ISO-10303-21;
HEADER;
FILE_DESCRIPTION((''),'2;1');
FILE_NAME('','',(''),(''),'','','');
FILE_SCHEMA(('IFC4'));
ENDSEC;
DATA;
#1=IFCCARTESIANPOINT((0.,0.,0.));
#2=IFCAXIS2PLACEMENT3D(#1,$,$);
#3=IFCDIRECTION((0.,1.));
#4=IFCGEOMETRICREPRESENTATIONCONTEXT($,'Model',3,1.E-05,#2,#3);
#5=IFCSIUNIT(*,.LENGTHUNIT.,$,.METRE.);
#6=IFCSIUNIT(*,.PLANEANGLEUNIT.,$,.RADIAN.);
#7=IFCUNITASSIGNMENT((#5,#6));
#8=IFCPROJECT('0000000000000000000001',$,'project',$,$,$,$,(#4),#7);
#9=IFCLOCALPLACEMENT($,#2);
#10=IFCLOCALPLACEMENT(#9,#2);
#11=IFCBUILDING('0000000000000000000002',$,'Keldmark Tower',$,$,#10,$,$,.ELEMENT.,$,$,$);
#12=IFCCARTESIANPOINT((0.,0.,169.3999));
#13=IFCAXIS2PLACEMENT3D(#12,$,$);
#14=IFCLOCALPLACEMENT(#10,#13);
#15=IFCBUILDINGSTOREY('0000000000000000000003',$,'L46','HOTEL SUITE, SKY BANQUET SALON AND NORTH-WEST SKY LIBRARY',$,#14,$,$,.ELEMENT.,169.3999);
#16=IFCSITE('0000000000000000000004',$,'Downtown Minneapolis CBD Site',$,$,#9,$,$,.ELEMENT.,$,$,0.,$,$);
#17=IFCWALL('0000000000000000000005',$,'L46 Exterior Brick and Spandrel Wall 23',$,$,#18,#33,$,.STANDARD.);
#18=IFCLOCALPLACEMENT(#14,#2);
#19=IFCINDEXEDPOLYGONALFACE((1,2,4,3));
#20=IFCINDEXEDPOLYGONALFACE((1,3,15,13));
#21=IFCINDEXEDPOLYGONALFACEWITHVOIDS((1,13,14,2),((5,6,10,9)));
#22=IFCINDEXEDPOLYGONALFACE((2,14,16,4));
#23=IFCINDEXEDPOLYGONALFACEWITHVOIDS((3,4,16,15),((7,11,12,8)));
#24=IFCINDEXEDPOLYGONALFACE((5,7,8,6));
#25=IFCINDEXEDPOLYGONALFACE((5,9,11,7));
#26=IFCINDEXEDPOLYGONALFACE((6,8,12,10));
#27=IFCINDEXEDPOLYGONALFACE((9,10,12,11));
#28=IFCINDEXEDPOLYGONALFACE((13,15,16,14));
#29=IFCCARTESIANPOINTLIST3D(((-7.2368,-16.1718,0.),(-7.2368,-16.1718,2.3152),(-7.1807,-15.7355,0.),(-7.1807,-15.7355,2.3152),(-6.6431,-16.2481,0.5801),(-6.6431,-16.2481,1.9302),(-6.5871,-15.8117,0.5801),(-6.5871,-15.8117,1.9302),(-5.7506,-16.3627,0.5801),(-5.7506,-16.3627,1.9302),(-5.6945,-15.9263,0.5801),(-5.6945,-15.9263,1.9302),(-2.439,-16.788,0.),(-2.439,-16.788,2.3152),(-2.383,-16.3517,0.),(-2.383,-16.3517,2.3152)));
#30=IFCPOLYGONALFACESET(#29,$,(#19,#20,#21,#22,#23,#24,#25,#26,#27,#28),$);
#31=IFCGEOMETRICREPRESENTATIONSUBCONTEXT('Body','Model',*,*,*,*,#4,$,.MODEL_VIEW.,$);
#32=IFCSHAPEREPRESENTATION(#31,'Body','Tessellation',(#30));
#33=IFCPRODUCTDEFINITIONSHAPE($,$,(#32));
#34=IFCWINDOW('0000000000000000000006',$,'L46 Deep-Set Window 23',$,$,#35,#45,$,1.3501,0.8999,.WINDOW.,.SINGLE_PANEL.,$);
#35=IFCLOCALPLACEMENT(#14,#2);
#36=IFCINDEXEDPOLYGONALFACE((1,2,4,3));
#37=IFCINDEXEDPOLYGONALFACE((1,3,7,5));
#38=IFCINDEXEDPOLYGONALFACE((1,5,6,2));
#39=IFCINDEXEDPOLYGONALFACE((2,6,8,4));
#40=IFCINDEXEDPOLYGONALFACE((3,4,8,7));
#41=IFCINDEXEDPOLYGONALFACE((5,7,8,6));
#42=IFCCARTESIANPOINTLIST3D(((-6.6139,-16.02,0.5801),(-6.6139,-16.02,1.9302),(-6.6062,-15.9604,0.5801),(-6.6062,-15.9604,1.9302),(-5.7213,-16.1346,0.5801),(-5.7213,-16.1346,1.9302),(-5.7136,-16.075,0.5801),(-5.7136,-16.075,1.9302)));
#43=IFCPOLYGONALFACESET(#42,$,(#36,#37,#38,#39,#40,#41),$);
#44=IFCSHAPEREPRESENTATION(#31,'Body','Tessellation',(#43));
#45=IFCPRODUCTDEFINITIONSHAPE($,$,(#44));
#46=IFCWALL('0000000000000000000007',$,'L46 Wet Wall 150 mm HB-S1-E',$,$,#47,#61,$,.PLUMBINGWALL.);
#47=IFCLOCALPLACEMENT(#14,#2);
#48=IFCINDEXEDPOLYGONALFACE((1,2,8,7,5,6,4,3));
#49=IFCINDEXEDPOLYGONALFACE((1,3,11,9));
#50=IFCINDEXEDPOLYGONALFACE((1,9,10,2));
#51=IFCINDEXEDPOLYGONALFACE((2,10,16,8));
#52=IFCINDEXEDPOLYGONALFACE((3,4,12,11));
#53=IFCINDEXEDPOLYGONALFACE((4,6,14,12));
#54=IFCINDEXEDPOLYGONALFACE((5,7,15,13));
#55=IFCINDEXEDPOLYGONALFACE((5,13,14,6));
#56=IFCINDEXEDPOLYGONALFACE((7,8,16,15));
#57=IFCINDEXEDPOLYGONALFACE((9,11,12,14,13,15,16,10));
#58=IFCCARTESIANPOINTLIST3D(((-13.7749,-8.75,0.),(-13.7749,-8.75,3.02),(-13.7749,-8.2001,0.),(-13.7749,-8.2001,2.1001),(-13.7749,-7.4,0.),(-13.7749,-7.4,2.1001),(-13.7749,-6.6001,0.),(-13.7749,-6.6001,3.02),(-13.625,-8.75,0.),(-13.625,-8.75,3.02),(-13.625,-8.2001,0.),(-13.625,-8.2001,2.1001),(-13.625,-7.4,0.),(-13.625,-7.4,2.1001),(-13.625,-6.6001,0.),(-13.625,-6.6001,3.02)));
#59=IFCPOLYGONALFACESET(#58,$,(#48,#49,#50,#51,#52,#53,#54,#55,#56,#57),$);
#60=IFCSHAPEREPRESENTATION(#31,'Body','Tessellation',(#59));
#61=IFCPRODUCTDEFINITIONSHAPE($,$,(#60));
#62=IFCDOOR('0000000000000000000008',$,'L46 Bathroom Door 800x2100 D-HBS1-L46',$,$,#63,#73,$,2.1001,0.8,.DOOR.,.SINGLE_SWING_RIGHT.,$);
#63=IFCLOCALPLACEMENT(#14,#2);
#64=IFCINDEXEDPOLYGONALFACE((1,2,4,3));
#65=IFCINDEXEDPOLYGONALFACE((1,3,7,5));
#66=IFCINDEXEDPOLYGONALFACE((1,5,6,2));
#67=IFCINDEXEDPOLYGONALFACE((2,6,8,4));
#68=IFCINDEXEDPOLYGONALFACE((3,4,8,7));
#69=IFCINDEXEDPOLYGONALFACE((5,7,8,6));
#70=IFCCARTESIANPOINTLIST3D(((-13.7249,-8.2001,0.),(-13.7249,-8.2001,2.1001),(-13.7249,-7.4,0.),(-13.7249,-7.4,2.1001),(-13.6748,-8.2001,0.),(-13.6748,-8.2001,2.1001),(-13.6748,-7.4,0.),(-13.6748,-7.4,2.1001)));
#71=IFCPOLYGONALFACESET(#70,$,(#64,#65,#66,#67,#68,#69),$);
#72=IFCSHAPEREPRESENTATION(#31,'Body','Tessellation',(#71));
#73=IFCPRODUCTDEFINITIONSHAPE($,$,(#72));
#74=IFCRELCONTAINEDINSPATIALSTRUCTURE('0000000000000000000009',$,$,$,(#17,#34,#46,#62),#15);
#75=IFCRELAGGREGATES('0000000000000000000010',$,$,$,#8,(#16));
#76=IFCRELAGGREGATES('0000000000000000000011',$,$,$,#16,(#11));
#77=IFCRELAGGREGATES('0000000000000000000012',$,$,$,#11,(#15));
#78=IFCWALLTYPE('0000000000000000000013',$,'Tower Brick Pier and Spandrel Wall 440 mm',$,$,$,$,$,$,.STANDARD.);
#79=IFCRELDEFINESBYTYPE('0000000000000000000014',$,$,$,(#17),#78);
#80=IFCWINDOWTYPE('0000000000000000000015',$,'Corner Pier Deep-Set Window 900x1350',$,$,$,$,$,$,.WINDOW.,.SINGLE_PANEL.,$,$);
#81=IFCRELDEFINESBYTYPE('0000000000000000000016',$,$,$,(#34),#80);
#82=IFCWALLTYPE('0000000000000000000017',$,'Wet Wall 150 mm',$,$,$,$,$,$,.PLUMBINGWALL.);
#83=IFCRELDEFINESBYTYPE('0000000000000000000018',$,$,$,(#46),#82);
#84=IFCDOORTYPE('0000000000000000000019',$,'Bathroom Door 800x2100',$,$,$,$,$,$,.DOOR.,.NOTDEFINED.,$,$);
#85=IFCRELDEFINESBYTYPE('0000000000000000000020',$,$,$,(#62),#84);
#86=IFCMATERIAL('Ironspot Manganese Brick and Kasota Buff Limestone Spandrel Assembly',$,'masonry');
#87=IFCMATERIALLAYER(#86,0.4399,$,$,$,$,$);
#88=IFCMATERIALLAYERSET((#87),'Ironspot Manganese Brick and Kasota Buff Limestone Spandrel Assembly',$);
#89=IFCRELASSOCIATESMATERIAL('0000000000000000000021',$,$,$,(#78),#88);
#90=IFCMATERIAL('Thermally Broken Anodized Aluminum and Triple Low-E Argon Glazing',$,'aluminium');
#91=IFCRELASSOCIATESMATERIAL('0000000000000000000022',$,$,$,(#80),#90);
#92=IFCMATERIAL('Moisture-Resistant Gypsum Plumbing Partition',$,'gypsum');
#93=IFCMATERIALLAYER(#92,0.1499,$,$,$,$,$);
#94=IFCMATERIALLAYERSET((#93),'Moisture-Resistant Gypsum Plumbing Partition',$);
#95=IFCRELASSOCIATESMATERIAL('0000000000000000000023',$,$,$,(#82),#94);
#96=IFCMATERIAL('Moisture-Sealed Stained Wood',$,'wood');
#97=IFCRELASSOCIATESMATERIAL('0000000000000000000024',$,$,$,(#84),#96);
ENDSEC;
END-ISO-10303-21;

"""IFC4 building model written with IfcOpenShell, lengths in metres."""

from ifc_helpers import new_model, si_unit, direction, frame, frame_2d, origin, place, context, subcontext, project, spatial, rectangle, extrude, material, layer, layer_set, type_object, element, fill, save


model = new_model("IFC4")

# Units and contexts
model_context = context("Model", 3, precision=1e-05, world=origin(), true_north=direction((0.0, 1.0)))
body_context = subcontext(model_context, "Body", "Model", "MODEL_VIEW")
ifc_project = project(units=[si_unit("LENGTHUNIT", "METRE"), si_unit("PLANEANGLEUNIT", "RADIAN")], contexts=[model_context])

# Site, building, storey
site_placement = place(None, origin())
site = spatial("IfcSite", under=ifc_project, at=site_placement, Name="Downtown Minneapolis CBD Site", CompositionType="ELEMENT", RefElevation=0.0)
building_placement = place(site_placement, origin())
building = spatial("IfcBuilding", under=site, at=building_placement, Name="Keldmark Tower", CompositionType="ELEMENT")
storey_placement = place(building_placement, frame((0.0, 0.0, 169.3999)))
storey = spatial("IfcBuildingStorey", under=building, at=storey_placement, Name="L46", Description="HOTEL SUITE, SKY BANQUET SALON AND NORTH-WEST SKY LIBRARY", CompositionType="ELEMENT", Elevation=169.3999)

# Wall, opening, window
ifc_material_1 = material(Name="Ironspot Manganese Brick and Kasota Buff Limestone Spandrel Assembly", Category="masonry")
ifc_layer_1 = layer(ifc_material_1, 0.4399)
ifc_layer_set_1 = layer_set([ifc_layer_1], Name="Ironspot Manganese Brick and Kasota Buff Limestone Spandrel Assembly")
wall_type_1 = type_object("IfcWallType", Name="Tower Brick Pier and Spandrel Wall 440 mm", PredefinedType="STANDARD", material=ifc_layer_set_1)
ifc_material_2 = material(Name="Thermally Broken Anodized Aluminum and Triple Low-E Argon Glazing", Category="aluminium")
window_type = type_object("IfcWindowType", Name="Corner Pier Deep-Set Window 900x1350", PartitioningType="SINGLE_PANEL", PredefinedType="WINDOW", material=ifc_material_2)
wall_1_placement = place(storey_placement, frame((-2.4111, -16.5698, 0.0), z_axis=(0.0, 0.0, 1.0), x_axis=(-0.991853, 0.127388, 0.0)))
wall_1 = element("IfcWall", 1, at=wall_1_placement, inside=storey, type_object=wall_type_1, Name="L46 Exterior Brick and Spandrel Wall 23", PredefinedType="STANDARD", context=body_context, shape_type="SweptSolid", body=[
    extrude(rectangle(XDim=4.8372, YDim=0.4399, at=frame_2d((2.4185, 0.0))), origin(), (0.0, 0.0, 1.0), 2.3152),
])
opening_1_placement = place(wall_1_placement, frame((3.3386, 0.0, 0.5801)))
opening_1 = element("IfcOpeningElement", 2, at=opening_1_placement, cuts=wall_1, PredefinedType="OPENING", context=body_context, shape_type="SweptSolid", body=[
    extrude(rectangle(XDim=0.8999, YDim=1.3501, at=frame_2d((0.45, 0.675))), frame((0.0, 0.23, 0.0), z_axis=(0.0, -1.0, 0.0), x_axis=(1.0, 0.0, 0.0)), (0.0, 0.0, 1.0), 0.46),
])
window_1_placement = place(opening_1_placement, origin())
window_1 = element("IfcWindow", 3, at=window_1_placement, inside=storey, type_object=window_type, Name="L46 Deep-Set Window 23", OverallHeight=1.3501, OverallWidth=0.8999, PartitioningType="SINGLE_PANEL", PredefinedType="WINDOW", context=body_context, shape_type="SweptSolid", body=[
    extrude(rectangle(XDim=0.8999, YDim=1.3501, at=frame_2d((0.45, 0.675))), frame((0.0, -0.01, 0.0), z_axis=(0.0, -1.0, 0.0), x_axis=(1.0, 0.0, 0.0)), (0.0, 0.0, 1.0), 0.0601),
])
fill(opening_1, window_1)

# Wall, opening, door
ifc_material_3 = material(Name="Moisture-Resistant Gypsum Plumbing Partition", Category="gypsum")
ifc_layer_2 = layer(ifc_material_3, 0.1499)
ifc_layer_set_2 = layer_set([ifc_layer_2], Name="Moisture-Resistant Gypsum Plumbing Partition")
wall_type_2 = type_object("IfcWallType", Name="Wet Wall 150 mm", PredefinedType="PLUMBINGWALL", material=ifc_layer_set_2)
wall_2_placement = place(storey_placement, frame((-13.7, -8.75, 0.0), z_axis=(0.0, 0.0, 1.0), x_axis=(0.0, 1.0, 0.0)))
wall_2 = element("IfcWall", 4, at=wall_2_placement, inside=storey, type_object=wall_type_2, Name="L46 Wet Wall 150 mm HB-S1-E", PredefinedType="PLUMBINGWALL", context=body_context, shape_type="SweptSolid", body=[
    extrude(rectangle(XDim=2.1499, YDim=0.1499, at=frame_2d((1.075, 0.0))), origin(), (0.0, 0.0, 1.0), 3.02),
])
opening_2_placement = place(wall_2_placement, frame((0.55, 0.0, 0.0)))
opening_2 = element("IfcOpeningElement", 5, at=opening_2_placement, cuts=wall_2, PredefinedType="OPENING", context=body_context, shape_type="SweptSolid", body=[
    extrude(rectangle(XDim=0.8, YDim=2.1001, at=frame_2d((0.3999, 1.05))), frame((0.0, 0.085, 0.0), z_axis=(0.0, -1.0, 0.0), x_axis=(1.0, 0.0, 0.0)), (0.0, 0.0, 1.0), 0.1699),
])
ifc_material_4 = material(Name="Moisture-Sealed Stained Wood", Category="wood")
door_type_1 = type_object("IfcDoorType", Name="Bathroom Door 800x2100", OperationType="NOTDEFINED", PredefinedType="DOOR", material=ifc_material_4)
door_1_placement = place(opening_2_placement, origin())
door_1 = element("IfcDoor", 6, at=door_1_placement, inside=storey, type_object=door_type_1, Name="L46 Bathroom Door 800x2100 D-HBS1-L46", OperationType="SINGLE_SWING_RIGHT", OverallHeight=2.1001, OverallWidth=0.8, PredefinedType="DOOR", context=body_context, shape_type="SweptSolid", body=[
    extrude(rectangle(XDim=0.8, YDim=2.1001, at=frame_2d((0.3999, 1.05))), frame((0.0, 0.0249, 0.0), z_axis=(0.0, -1.0, 0.0), x_axis=(1.0, 0.0, 0.0)), (0.0, 0.0, 1.0), 0.05),
])
fill(opening_2, door_1)

save(model, "model.ifc")
